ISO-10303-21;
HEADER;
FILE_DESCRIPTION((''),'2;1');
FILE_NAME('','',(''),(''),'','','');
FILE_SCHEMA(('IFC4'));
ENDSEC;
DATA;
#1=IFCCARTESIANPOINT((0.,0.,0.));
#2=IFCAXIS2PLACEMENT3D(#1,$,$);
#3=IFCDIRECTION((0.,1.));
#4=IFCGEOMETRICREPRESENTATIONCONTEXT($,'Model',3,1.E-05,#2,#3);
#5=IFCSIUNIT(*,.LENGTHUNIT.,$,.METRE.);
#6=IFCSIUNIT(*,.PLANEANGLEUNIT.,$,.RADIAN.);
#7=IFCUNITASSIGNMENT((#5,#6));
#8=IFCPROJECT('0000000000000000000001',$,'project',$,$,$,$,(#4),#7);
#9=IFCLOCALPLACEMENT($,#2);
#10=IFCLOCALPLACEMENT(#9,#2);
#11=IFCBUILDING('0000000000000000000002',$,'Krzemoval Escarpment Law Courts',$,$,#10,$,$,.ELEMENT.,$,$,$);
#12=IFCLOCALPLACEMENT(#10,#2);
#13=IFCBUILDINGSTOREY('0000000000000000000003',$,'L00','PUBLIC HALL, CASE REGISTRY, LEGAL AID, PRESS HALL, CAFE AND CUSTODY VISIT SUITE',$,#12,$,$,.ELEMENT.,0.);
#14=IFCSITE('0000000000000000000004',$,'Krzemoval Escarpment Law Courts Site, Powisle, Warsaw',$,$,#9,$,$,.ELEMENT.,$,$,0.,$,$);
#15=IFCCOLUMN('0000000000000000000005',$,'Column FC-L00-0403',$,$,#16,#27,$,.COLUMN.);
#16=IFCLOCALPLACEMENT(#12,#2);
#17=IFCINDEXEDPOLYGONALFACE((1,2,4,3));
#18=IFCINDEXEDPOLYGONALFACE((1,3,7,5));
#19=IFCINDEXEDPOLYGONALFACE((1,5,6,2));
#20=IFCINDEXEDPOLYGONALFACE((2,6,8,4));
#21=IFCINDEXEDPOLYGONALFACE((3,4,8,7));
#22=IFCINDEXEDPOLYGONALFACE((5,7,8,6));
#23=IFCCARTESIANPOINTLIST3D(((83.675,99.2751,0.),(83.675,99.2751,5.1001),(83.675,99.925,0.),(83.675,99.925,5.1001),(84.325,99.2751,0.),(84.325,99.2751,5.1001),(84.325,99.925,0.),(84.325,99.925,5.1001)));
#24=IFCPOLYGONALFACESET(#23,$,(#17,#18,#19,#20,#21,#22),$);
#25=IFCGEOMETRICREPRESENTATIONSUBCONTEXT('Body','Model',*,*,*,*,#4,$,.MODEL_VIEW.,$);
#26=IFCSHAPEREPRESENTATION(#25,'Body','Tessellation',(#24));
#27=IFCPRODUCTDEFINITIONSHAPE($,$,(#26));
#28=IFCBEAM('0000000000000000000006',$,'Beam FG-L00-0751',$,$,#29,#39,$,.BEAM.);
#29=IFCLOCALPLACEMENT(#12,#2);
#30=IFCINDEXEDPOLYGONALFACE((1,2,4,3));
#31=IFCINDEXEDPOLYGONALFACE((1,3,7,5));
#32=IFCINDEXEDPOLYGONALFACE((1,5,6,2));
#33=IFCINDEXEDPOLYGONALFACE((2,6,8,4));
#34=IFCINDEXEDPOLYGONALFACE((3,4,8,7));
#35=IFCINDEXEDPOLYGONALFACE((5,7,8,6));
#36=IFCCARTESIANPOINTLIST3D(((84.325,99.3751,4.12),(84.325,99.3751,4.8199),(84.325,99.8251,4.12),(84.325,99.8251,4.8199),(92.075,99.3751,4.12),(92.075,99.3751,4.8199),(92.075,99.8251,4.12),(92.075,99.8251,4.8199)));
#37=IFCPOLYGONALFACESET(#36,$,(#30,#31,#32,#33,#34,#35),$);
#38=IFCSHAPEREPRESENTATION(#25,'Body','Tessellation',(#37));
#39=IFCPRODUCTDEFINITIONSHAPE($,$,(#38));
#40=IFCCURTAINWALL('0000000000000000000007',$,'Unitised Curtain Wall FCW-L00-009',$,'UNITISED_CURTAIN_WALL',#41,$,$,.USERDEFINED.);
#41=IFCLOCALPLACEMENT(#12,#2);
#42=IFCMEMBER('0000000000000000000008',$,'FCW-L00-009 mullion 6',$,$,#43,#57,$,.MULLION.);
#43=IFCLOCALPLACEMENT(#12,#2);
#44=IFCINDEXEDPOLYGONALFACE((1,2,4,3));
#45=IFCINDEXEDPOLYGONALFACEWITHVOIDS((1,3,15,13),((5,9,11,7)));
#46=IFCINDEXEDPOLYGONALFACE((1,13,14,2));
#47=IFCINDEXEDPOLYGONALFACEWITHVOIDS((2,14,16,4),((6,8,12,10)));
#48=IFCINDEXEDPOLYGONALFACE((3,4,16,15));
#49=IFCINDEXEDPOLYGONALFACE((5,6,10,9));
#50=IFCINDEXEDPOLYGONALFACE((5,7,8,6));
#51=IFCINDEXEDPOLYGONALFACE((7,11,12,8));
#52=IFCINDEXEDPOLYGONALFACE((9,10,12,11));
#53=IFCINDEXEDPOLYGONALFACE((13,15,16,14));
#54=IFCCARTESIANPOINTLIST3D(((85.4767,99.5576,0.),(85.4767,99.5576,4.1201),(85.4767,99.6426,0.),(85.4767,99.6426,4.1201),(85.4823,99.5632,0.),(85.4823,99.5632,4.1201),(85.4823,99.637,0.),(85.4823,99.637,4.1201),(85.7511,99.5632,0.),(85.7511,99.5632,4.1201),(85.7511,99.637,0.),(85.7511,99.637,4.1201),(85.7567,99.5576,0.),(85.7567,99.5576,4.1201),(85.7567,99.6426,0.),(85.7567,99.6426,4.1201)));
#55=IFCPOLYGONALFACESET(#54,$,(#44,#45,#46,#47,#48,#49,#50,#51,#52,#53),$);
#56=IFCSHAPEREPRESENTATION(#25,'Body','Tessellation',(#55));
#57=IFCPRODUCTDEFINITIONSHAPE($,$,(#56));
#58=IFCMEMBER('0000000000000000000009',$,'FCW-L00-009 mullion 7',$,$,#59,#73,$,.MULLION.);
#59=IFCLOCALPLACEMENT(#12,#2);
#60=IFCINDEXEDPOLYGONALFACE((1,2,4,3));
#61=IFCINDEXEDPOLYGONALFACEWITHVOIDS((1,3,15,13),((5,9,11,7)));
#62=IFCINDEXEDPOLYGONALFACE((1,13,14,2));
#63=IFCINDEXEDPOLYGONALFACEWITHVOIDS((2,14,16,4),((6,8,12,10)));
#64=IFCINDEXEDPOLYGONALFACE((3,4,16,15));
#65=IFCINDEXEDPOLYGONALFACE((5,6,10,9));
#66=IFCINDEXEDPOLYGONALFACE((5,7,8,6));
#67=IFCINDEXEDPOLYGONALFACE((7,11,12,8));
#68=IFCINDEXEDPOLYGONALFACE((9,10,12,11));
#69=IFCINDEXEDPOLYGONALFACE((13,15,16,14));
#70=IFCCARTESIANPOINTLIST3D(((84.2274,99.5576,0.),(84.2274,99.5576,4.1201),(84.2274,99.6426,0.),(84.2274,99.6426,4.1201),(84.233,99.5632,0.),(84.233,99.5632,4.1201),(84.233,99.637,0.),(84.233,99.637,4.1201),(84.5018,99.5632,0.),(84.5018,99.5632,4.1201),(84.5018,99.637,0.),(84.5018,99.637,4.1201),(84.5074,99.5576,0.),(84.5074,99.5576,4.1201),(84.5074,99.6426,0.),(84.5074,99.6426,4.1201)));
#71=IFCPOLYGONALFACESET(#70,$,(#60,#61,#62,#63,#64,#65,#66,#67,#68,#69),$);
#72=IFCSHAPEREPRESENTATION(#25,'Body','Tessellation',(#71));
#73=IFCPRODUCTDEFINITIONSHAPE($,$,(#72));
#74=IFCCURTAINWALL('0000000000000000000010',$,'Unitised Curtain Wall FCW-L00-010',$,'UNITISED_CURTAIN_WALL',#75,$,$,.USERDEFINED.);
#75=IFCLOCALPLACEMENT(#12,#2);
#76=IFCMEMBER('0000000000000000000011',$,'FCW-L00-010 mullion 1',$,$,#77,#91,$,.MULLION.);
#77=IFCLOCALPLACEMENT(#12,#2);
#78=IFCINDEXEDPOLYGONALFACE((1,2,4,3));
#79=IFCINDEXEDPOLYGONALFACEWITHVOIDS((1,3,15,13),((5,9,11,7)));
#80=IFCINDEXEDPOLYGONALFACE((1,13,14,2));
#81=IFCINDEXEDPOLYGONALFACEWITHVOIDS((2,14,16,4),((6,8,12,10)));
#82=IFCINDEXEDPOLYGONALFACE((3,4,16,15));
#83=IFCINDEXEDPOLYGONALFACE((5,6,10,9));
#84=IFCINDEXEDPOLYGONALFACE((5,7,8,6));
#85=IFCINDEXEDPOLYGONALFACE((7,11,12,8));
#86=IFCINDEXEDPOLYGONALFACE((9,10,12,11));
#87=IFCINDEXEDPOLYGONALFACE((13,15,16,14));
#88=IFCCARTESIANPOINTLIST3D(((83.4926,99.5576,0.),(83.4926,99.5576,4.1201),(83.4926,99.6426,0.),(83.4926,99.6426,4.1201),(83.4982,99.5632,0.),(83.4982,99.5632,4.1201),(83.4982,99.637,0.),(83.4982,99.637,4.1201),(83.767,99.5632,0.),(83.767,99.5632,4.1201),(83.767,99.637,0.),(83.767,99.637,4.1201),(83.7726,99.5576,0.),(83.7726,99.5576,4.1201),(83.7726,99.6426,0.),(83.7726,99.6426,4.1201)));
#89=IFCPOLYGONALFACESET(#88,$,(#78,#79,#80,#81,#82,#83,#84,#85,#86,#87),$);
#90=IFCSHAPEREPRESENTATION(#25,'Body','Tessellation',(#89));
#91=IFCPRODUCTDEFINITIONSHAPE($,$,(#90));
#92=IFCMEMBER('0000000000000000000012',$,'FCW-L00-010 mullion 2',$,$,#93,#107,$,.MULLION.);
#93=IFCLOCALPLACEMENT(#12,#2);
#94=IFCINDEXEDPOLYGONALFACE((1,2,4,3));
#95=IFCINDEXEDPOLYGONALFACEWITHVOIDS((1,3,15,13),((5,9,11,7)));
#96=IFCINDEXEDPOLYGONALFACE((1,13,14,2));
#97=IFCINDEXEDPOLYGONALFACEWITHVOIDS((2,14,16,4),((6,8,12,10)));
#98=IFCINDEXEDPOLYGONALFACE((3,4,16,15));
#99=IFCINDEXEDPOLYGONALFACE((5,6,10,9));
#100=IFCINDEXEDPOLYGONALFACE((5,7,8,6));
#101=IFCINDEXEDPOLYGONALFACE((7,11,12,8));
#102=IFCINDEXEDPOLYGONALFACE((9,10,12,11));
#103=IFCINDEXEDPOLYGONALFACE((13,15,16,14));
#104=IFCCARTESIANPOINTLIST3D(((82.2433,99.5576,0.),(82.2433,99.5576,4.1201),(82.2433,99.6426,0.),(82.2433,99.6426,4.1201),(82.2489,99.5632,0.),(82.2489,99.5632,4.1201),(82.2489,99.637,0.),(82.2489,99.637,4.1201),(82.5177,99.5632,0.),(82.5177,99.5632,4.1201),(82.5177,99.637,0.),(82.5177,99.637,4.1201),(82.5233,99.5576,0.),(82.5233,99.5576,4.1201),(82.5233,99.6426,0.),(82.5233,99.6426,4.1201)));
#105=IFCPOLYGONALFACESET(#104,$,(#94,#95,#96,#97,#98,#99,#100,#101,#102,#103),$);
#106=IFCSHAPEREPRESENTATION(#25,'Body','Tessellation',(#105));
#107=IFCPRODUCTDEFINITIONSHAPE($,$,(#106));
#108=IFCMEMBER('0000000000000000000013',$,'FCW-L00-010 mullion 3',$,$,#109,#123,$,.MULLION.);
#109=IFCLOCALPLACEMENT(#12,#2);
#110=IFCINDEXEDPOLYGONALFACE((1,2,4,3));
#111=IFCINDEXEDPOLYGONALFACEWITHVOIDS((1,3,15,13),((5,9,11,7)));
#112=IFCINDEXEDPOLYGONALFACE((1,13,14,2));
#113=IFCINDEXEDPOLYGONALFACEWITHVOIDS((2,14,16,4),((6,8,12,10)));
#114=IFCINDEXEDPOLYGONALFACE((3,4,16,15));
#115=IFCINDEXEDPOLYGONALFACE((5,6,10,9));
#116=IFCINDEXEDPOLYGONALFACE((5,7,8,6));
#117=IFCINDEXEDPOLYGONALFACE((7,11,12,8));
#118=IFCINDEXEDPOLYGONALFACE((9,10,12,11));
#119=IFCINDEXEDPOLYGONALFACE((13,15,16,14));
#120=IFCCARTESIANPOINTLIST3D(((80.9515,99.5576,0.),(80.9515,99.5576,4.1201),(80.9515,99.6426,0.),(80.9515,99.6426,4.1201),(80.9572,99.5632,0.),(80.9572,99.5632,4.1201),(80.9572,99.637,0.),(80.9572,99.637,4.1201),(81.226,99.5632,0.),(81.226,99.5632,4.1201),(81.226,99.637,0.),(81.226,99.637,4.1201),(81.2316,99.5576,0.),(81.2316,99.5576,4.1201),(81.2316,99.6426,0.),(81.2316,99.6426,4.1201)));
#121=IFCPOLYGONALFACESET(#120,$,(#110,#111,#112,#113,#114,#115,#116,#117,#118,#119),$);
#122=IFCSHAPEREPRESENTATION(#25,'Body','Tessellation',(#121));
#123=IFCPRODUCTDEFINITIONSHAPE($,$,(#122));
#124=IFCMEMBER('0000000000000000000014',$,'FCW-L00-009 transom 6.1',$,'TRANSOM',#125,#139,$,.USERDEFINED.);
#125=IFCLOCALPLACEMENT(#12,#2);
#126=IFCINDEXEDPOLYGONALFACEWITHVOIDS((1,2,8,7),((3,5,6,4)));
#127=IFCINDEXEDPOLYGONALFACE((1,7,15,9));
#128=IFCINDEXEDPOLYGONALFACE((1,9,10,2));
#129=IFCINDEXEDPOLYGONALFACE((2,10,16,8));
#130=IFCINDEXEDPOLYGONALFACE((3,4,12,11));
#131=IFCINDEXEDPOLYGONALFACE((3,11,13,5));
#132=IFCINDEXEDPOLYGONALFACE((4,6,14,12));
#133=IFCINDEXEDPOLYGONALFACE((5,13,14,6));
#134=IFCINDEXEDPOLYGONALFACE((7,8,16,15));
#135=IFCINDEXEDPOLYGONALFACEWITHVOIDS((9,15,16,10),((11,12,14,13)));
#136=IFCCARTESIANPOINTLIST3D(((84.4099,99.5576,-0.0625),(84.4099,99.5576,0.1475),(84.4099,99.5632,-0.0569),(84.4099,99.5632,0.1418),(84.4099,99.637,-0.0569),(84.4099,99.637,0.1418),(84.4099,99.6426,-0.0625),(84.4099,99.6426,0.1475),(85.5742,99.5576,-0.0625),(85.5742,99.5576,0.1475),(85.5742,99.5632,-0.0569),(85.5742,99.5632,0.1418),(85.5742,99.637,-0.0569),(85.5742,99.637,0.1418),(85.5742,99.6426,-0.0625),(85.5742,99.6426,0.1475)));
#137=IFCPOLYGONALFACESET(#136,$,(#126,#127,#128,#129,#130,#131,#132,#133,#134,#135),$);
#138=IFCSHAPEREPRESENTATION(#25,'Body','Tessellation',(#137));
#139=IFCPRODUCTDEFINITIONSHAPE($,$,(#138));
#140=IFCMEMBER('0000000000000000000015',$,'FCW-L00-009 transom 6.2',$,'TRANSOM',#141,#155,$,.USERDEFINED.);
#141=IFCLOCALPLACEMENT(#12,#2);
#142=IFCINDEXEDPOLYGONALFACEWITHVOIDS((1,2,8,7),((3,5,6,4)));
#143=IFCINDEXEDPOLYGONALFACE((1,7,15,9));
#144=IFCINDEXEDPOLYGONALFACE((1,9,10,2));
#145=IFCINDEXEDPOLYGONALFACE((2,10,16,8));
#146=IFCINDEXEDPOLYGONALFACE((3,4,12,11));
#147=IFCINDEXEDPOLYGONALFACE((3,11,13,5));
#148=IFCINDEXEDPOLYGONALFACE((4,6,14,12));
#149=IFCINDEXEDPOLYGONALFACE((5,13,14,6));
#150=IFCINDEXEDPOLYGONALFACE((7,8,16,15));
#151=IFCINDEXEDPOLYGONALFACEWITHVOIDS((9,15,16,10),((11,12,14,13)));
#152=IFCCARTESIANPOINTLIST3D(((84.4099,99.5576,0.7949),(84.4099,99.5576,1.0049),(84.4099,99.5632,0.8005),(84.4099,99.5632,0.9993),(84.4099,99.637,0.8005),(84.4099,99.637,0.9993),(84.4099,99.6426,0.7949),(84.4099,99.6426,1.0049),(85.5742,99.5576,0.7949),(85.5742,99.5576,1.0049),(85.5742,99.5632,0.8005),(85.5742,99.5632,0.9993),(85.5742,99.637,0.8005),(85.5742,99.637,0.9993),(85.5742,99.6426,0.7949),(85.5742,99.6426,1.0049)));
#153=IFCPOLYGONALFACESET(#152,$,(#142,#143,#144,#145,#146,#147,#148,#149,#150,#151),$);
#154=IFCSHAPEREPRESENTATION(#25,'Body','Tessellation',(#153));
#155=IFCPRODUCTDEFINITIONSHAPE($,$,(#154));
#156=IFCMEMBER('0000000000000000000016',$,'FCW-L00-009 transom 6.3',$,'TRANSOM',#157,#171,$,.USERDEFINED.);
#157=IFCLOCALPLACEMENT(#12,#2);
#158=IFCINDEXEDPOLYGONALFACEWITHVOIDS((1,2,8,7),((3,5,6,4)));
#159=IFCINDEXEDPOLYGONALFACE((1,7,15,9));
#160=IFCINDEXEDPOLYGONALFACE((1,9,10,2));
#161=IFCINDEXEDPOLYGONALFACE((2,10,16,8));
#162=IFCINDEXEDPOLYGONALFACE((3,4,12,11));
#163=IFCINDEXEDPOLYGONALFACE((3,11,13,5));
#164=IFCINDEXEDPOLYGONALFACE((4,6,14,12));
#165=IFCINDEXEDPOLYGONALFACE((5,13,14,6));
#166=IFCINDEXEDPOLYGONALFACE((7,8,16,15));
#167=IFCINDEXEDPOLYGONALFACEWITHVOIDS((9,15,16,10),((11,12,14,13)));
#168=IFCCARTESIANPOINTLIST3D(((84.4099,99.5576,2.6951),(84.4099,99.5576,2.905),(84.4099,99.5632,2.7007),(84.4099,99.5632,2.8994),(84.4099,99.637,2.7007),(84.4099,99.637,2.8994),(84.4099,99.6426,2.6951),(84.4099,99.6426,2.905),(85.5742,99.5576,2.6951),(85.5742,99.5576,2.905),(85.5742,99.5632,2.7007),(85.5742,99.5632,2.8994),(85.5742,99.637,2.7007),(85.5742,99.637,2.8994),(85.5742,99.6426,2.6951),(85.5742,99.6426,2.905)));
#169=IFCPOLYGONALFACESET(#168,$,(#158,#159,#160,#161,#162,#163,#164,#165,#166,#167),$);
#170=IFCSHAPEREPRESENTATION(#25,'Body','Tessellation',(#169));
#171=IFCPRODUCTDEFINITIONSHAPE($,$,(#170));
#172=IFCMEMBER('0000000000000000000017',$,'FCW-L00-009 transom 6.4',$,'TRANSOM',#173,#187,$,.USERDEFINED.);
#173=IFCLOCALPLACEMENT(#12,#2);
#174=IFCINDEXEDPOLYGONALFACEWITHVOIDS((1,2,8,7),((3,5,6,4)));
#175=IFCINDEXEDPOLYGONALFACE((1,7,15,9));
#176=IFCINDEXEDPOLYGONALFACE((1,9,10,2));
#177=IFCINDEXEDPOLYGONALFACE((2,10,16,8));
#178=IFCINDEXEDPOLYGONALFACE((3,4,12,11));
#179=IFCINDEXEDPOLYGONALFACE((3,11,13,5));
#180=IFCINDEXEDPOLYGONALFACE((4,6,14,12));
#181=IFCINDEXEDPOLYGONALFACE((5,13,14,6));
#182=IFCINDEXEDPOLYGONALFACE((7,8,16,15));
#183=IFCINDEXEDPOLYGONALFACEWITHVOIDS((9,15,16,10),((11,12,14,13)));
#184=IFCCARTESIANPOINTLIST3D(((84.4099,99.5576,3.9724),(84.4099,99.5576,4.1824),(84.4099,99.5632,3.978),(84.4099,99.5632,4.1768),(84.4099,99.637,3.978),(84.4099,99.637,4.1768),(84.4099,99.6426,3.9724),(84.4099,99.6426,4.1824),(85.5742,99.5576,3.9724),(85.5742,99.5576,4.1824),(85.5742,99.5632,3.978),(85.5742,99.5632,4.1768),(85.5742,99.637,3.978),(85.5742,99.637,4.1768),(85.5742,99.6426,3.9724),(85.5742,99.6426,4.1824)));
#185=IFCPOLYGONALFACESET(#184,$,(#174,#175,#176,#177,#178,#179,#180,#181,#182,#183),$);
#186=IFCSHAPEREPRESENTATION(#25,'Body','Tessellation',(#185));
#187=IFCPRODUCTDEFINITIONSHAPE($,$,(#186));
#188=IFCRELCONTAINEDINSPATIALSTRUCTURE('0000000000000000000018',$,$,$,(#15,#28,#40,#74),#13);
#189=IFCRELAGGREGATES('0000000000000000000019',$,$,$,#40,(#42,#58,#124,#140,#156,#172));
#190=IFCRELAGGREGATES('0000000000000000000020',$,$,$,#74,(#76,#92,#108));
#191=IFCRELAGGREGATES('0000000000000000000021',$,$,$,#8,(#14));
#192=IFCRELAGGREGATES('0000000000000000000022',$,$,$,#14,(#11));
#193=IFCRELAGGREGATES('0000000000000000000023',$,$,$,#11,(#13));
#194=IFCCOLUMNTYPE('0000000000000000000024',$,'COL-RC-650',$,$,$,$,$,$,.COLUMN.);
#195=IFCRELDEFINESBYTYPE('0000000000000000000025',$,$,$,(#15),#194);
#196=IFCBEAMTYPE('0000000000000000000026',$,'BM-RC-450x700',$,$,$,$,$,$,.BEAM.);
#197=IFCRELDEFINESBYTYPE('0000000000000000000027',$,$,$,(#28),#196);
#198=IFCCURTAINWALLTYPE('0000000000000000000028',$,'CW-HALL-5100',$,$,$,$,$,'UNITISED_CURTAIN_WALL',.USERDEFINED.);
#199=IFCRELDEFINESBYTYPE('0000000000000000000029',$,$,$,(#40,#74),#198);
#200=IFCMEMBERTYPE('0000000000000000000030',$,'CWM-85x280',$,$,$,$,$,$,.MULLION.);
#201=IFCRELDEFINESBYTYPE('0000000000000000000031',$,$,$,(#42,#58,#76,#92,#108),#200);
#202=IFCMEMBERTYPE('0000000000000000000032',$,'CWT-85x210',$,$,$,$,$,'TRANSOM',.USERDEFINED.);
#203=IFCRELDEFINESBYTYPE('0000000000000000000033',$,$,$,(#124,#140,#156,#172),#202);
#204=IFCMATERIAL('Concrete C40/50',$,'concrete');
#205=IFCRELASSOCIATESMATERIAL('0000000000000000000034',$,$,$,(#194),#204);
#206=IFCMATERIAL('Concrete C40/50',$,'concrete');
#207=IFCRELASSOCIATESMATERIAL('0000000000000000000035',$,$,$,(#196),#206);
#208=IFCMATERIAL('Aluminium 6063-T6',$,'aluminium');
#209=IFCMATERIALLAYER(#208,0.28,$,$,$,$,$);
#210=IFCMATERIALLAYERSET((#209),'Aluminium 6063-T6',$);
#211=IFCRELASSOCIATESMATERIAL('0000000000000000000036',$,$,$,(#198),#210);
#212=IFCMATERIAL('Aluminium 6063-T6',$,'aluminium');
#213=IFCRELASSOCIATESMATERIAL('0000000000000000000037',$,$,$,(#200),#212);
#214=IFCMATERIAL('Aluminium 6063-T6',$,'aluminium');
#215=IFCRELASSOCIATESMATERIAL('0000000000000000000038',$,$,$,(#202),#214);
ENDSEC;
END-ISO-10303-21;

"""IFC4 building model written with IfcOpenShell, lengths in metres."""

from ifc_helpers import new_model, si_unit, direction, frame, origin, origin_2d, place, context, subcontext, project, spatial, rectangle, hollow_rectangle, extrude, material, layer, layer_set, material_profile, profile_set, type_object, element, aggregate, save


model = new_model("IFC4")

# Units and contexts
model_context = context("Model", 3, precision=1e-05, world=origin(), true_north=direction((0.0, 1.0)))
body_context = subcontext(model_context, "Body", "Model", "MODEL_VIEW")
ifc_project = project(units=[si_unit("LENGTHUNIT", "METRE"), si_unit("PLANEANGLEUNIT", "RADIAN")], contexts=[model_context])

# Site, building, storey
site_placement = place(None, origin())
site = spatial("IfcSite", under=ifc_project, at=site_placement, Name="Krzemoval Escarpment Law Courts Site, Powisle, Warsaw", CompositionType="ELEMENT", RefElevation=0.0)
building_placement = place(site_placement, origin())
building = spatial("IfcBuilding", under=site, at=building_placement, Name="Krzemoval Escarpment Law Courts", CompositionType="ELEMENT")
storey_placement = place(building_placement, origin())
storey = spatial("IfcBuildingStorey", under=building, at=storey_placement, Name="L00", Description="PUBLIC HALL, CASE REGISTRY, LEGAL AID, PRESS HALL, CAFE AND CUSTODY VISIT SUITE", CompositionType="ELEMENT", Elevation=0.0)

# Column
ifc_material_1 = material(Name="Concrete C40/50", Category="concrete")
ifc_material_profile_1 = material_profile(ifc_material_1, rectangle(XDim=0.6499, YDim=0.6499, at=origin_2d()), Name="RC 650x650")
ifc_profile_set_1 = profile_set([ifc_material_profile_1], Name="Concrete C40/50")
column_type = type_object("IfcColumnType", Name="COL-RC-650", PredefinedType="COLUMN", material=ifc_profile_set_1)
column_placement = place(storey_placement, frame((84.0, 99.6001, 0.0), z_axis=(0.0, 0.0, 1.0), x_axis=(1.0, 0.0, 0.0)))
element("IfcColumn", 1, at=column_placement, inside=storey, type_object=column_type, Name="Column FC-L00-0403", PredefinedType="COLUMN", context=body_context, shape_type="SweptSolid", body=[
    extrude(rectangle(XDim=0.6499, YDim=0.6499, at=origin_2d()), origin(), (0.0, 0.0, 1.0), 5.1001),
])

# Beam
ifc_material_2 = material(Name="Concrete C40/50", Category="concrete")
ifc_material_profile_2 = material_profile(ifc_material_2, rectangle(XDim=0.45, YDim=0.7, at=origin_2d()), Name="RCB 450x700")
ifc_profile_set_2 = profile_set([ifc_material_profile_2], Name="Concrete C40/50")
beam_type = type_object("IfcBeamType", Name="BM-RC-450x700", PredefinedType="BEAM", material=ifc_profile_set_2)
beam_placement = place(storey_placement, frame((84.325, 99.6001, 4.47), z_axis=(1.0, 0.0, 0.0), x_axis=(0.0, 1.0, 0.0)))
element("IfcBeam", 2, at=beam_placement, inside=storey, type_object=beam_type, Name="Beam FG-L00-0751", PredefinedType="BEAM", context=body_context, shape_type="SweptSolid", body=[
    extrude(rectangle(XDim=0.45, YDim=0.7, at=origin_2d()), origin(), (0.0, 0.0, 1.0), 7.75),
])

# Curtain walls, members
ifc_material_3 = material(Name="Aluminium 6063-T6", Category="aluminium")
ifc_layer_1 = layer(ifc_material_3, 0.28)
ifc_layer_set_1 = layer_set([ifc_layer_1], Name="Aluminium 6063-T6")
curtain_wall_type = type_object("IfcCurtainWallType", Name="CW-HALL-5100", ElementType="UNITISED_CURTAIN_WALL", PredefinedType="USERDEFINED", material=ifc_layer_set_1)
curtain_wall_1_placement = place(storey_placement, origin())
curtain_wall_1 = element("IfcCurtainWall", 3, at=curtain_wall_1_placement, inside=storey, type_object=curtain_wall_type, Name="Unitised Curtain Wall FCW-L00-009", ObjectType="UNITISED_CURTAIN_WALL", PredefinedType="USERDEFINED")
ifc_material_4 = material(Name="Aluminium 6063-T6", Category="aluminium")
ifc_material_profile_3 = material_profile(ifc_material_4, hollow_rectangle(XDim=0.085, YDim=0.28, WallThickness=0.0056, at=origin_2d()), Name="ALU M85x280")
ifc_profile_set_3 = profile_set([ifc_material_profile_3], Name="Aluminium 6063-T6")
member_type_1 = type_object("IfcMemberType", Name="CWM-85x280", PredefinedType="MULLION", material=ifc_profile_set_3)
member_1_placement = place(storey_placement, frame((85.6167, 99.6001, 0.0), z_axis=(0.0, 0.0, 1.0), x_axis=(0.0, -1.0, 0.0)))
member_1 = element("IfcMember", 4, at=member_1_placement, type_object=member_type_1, Name="FCW-L00-009 mullion 6", PredefinedType="MULLION", context=body_context, shape_type="SweptSolid", body=[
    extrude(hollow_rectangle(XDim=0.085, YDim=0.28, WallThickness=0.0056, at=origin_2d()), origin(), (0.0, 0.0, 1.0), 4.1201),
])
member_2_placement = place(storey_placement, frame((84.3674, 99.6001, 0.0), z_axis=(0.0, 0.0, 1.0), x_axis=(0.0, -1.0, 0.0)))
member_2 = element("IfcMember", 5, at=member_2_placement, type_object=member_type_1, Name="FCW-L00-009 mullion 7", PredefinedType="MULLION", context=body_context, shape_type="SweptSolid", body=[
    extrude(hollow_rectangle(XDim=0.085, YDim=0.28, WallThickness=0.0056, at=origin_2d()), origin(), (0.0, 0.0, 1.0), 4.1201),
])
curtain_wall_2_placement = place(storey_placement, origin())
curtain_wall_2 = element("IfcCurtainWall", 6, at=curtain_wall_2_placement, inside=storey, type_object=curtain_wall_type, Name="Unitised Curtain Wall FCW-L00-010", ObjectType="UNITISED_CURTAIN_WALL", PredefinedType="USERDEFINED")
member_3_placement = place(storey_placement, frame((83.6326, 99.6001, 0.0), z_axis=(0.0, 0.0, 1.0), x_axis=(0.0, -1.0, 0.0)))
member_3 = element("IfcMember", 7, at=member_3_placement, type_object=member_type_1, Name="FCW-L00-010 mullion 1", PredefinedType="MULLION", context=body_context, shape_type="SweptSolid", body=[
    extrude(hollow_rectangle(XDim=0.085, YDim=0.28, WallThickness=0.0056, at=origin_2d()), origin(), (0.0, 0.0, 1.0), 4.1201),
])
member_4_placement = place(storey_placement, frame((82.3833, 99.6001, 0.0), z_axis=(0.0, 0.0, 1.0), x_axis=(0.0, -1.0, 0.0)))
member_4 = element("IfcMember", 8, at=member_4_placement, type_object=member_type_1, Name="FCW-L00-010 mullion 2", PredefinedType="MULLION", context=body_context, shape_type="SweptSolid", body=[
    extrude(hollow_rectangle(XDim=0.085, YDim=0.28, WallThickness=0.0056, at=origin_2d()), origin(), (0.0, 0.0, 1.0), 4.1201),
])
member_5_placement = place(storey_placement, frame((81.0916, 99.6001, 0.0), z_axis=(0.0, 0.0, 1.0), x_axis=(0.0, -1.0, 0.0)))
member_5 = element("IfcMember", 9, at=member_5_placement, type_object=member_type_1, Name="FCW-L00-010 mullion 3", PredefinedType="MULLION", context=body_context, shape_type="SweptSolid", body=[
    extrude(hollow_rectangle(XDim=0.085, YDim=0.28, WallThickness=0.0056, at=origin_2d()), origin(), (0.0, 0.0, 1.0), 4.1201),
])

# Members
ifc_material_5 = material(Name="Aluminium 6063-T6", Category="aluminium")
ifc_material_profile_4 = material_profile(ifc_material_5, hollow_rectangle(XDim=0.085, YDim=0.21, WallThickness=0.0056, at=origin_2d()), Name="ALU T85x210")
ifc_profile_set_4 = profile_set([ifc_material_profile_4], Name="Aluminium 6063-T6")
member_type_2 = type_object("IfcMemberType", Name="CWT-85x210", ElementType="TRANSOM", PredefinedType="USERDEFINED", material=ifc_profile_set_4)
member_6_placement = place(storey_placement, frame((85.5742, 99.6001, 0.0425), z_axis=(-1.0, 0.0, 0.0), x_axis=(0.0, -1.0, 0.0)))
member_6 = element("IfcMember", 10, at=member_6_placement, type_object=member_type_2, Name="FCW-L00-009 transom 6.1", ObjectType="TRANSOM", PredefinedType="USERDEFINED", context=body_context, shape_type="SweptSolid", body=[
    extrude(hollow_rectangle(XDim=0.085, YDim=0.21, WallThickness=0.0056, at=origin_2d()), origin(), (0.0, 0.0, 1.0), 1.1643),
])
member_7_placement = place(storey_placement, frame((85.5742, 99.6001, 0.8999), z_axis=(-1.0, 0.0, 0.0), x_axis=(0.0, -1.0, 0.0)))
member_7 = element("IfcMember", 11, at=member_7_placement, type_object=member_type_2, Name="FCW-L00-009 transom 6.2", ObjectType="TRANSOM", PredefinedType="USERDEFINED", context=body_context, shape_type="SweptSolid", body=[
    extrude(hollow_rectangle(XDim=0.085, YDim=0.21, WallThickness=0.0056, at=origin_2d()), origin(), (0.0, 0.0, 1.0), 1.1643),
])
member_8_placement = place(storey_placement, frame((85.5742, 99.6001, 2.8), z_axis=(-1.0, 0.0, 0.0), x_axis=(0.0, -1.0, 0.0)))
member_8 = element("IfcMember", 12, at=member_8_placement, type_object=member_type_2, Name="FCW-L00-009 transom 6.3", ObjectType="TRANSOM", PredefinedType="USERDEFINED", context=body_context, shape_type="SweptSolid", body=[
    extrude(hollow_rectangle(XDim=0.085, YDim=0.21, WallThickness=0.0056, at=origin_2d()), origin(), (0.0, 0.0, 1.0), 1.1643),
])
member_9_placement = place(storey_placement, frame((85.5742, 99.6001, 4.0774), z_axis=(-1.0, 0.0, 0.0), x_axis=(0.0, -1.0, 0.0)))
member_9 = element("IfcMember", 13, at=member_9_placement, type_object=member_type_2, Name="FCW-L00-009 transom 6.4", ObjectType="TRANSOM", PredefinedType="USERDEFINED", context=body_context, shape_type="SweptSolid", body=[
    extrude(hollow_rectangle(XDim=0.085, YDim=0.21, WallThickness=0.0056, at=origin_2d()), origin(), (0.0, 0.0, 1.0), 1.1643),
])

aggregate(curtain_wall_1, [member_1, member_2, member_6, member_7, member_8, member_9])
aggregate(curtain_wall_2, [member_3, member_4, member_5])

save(model, "model.ifc")
